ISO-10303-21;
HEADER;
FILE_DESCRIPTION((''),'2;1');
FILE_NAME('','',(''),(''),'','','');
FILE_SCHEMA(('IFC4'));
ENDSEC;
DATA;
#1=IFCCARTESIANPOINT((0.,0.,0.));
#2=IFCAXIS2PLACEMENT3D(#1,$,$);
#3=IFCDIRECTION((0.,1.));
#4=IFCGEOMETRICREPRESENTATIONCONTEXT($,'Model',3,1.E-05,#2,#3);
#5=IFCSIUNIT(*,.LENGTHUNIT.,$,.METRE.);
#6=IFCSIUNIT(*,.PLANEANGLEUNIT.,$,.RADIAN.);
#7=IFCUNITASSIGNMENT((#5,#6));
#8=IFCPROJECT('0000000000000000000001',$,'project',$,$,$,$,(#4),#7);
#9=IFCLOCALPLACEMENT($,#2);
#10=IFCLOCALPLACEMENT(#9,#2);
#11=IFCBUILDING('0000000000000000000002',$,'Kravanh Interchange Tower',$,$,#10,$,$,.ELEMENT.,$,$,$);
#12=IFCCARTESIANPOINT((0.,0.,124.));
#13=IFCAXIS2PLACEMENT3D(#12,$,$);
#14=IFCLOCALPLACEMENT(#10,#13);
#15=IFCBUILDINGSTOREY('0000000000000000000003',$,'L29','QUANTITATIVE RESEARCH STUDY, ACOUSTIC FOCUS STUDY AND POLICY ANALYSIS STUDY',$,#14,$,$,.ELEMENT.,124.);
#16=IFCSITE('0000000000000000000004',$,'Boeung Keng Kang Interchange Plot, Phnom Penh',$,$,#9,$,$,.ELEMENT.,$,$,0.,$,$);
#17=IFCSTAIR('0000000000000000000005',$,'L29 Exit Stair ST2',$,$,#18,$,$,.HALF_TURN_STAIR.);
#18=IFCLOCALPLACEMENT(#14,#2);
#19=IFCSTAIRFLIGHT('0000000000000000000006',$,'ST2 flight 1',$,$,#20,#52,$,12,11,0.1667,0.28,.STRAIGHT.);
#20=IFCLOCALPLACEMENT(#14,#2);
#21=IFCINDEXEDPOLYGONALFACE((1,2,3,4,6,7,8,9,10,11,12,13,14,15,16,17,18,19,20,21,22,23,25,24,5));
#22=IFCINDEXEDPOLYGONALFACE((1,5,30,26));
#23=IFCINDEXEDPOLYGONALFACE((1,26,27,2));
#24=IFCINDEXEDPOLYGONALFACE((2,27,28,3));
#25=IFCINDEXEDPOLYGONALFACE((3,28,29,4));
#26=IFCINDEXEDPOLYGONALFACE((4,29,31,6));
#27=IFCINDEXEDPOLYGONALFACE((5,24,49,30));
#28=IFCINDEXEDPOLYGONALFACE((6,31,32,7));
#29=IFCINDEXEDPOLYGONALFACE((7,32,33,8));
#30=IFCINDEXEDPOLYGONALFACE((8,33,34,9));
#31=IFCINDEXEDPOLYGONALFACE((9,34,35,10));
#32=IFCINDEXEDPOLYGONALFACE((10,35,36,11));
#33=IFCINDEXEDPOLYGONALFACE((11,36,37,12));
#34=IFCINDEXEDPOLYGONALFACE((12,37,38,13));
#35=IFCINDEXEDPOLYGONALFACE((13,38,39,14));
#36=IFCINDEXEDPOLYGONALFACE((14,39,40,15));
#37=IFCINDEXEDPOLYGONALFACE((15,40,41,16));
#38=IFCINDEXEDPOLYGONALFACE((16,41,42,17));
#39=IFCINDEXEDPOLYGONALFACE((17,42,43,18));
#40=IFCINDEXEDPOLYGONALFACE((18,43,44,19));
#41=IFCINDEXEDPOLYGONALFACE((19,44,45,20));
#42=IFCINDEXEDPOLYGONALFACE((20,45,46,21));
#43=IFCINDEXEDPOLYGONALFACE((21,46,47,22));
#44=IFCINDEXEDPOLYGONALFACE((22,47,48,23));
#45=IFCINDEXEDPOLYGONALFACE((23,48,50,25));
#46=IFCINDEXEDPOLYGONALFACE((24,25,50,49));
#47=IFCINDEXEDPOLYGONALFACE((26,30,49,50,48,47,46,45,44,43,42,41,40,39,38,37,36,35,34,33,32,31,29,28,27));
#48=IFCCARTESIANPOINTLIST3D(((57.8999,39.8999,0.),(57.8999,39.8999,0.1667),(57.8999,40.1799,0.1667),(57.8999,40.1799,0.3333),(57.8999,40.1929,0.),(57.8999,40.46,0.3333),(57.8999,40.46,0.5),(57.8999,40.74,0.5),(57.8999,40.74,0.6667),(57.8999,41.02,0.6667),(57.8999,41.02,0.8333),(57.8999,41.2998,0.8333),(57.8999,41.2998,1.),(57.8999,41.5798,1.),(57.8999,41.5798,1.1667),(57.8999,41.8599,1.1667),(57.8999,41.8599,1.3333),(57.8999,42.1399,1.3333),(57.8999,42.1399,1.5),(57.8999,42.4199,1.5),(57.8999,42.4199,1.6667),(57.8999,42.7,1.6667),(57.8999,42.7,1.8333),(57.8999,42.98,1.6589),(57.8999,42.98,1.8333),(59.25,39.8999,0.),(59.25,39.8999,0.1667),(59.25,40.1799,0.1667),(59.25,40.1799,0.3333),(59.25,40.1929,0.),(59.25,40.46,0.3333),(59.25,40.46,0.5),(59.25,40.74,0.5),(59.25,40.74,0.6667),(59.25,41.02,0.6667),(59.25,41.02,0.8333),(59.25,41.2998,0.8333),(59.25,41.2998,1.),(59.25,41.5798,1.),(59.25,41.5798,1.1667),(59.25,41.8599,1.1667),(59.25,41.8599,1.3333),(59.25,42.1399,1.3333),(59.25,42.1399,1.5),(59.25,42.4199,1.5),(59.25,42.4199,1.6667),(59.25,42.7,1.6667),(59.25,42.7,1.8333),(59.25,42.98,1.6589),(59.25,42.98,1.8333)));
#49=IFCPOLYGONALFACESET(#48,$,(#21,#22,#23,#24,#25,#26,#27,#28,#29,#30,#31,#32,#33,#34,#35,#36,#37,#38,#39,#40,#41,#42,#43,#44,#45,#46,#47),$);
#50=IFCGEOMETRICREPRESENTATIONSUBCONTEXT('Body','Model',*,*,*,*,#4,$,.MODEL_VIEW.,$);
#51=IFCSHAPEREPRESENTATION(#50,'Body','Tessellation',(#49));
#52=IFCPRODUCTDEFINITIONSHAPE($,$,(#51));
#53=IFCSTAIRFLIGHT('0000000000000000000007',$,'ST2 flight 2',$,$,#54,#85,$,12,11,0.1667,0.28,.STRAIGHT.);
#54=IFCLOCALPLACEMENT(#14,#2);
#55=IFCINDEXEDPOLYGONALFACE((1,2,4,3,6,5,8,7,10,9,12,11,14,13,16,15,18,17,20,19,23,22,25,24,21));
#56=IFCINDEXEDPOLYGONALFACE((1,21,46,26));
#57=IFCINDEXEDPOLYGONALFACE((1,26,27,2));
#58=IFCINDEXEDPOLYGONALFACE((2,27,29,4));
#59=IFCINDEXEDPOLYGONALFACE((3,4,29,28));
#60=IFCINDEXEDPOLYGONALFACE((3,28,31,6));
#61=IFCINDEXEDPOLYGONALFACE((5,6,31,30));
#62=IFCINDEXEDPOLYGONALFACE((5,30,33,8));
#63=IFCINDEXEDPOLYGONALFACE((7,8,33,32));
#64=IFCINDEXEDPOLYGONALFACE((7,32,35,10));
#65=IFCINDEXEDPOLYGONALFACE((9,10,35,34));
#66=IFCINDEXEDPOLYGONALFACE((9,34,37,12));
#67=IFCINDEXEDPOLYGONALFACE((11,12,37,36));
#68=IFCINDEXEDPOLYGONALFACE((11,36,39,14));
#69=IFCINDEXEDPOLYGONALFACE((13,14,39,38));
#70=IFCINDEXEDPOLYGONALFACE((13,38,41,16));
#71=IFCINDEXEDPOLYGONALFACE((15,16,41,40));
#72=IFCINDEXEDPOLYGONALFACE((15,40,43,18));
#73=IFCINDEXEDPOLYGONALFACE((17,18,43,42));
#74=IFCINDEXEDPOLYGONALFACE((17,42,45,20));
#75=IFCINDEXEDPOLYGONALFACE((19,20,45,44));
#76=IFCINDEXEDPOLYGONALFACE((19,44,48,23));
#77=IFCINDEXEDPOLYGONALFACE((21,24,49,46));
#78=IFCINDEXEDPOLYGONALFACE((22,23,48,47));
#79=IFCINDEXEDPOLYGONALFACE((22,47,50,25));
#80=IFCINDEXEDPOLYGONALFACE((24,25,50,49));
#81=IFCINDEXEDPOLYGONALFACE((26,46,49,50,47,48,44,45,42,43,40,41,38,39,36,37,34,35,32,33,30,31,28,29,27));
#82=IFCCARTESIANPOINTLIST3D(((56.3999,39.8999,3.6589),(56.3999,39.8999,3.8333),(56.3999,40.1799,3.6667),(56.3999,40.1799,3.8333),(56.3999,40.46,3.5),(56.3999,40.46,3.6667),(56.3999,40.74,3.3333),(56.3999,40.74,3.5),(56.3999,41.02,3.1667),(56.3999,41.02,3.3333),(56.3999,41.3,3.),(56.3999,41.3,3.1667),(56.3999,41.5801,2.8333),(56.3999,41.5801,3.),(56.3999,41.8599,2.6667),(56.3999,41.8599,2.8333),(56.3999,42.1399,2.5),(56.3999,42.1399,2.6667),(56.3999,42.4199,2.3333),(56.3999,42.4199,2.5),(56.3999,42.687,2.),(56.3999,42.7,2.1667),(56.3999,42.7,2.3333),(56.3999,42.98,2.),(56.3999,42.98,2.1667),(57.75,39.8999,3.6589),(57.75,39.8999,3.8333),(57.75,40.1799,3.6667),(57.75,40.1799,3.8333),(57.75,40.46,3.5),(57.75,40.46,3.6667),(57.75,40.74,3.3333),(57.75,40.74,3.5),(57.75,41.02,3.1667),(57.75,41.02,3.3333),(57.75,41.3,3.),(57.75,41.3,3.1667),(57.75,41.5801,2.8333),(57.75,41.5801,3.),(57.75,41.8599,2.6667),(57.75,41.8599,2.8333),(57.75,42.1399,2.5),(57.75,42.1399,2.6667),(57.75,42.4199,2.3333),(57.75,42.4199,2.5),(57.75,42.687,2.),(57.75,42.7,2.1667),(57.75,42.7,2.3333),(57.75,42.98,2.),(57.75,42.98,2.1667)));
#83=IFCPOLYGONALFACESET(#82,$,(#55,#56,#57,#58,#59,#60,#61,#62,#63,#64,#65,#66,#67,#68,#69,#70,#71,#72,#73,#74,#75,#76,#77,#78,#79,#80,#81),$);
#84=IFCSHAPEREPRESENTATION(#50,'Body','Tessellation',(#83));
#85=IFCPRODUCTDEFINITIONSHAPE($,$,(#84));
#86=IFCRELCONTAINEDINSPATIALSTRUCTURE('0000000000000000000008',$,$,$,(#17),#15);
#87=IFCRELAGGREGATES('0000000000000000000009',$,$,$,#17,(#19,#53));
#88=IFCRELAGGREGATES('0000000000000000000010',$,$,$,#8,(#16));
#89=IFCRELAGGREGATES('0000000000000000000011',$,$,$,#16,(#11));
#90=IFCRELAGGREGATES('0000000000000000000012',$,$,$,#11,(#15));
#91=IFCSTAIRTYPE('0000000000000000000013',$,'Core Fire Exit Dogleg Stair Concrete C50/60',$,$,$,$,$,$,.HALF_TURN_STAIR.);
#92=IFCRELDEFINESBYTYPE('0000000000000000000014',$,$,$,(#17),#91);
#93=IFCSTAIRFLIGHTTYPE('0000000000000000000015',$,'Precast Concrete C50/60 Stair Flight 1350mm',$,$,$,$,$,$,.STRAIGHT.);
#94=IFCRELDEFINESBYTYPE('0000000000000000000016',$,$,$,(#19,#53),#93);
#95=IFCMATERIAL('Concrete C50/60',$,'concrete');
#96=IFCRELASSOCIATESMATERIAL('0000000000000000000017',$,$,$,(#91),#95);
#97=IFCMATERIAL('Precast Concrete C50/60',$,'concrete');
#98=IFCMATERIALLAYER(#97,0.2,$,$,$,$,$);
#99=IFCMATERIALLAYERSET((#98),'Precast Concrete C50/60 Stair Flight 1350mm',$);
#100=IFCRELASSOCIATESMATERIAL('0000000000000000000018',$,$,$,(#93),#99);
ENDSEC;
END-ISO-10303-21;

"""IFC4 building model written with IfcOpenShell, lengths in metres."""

from ifc_helpers import new_model, si_unit, direction, frame, origin, place, context, subcontext, project, spatial, polyline, outline, extrude, material, layer, layer_set, type_object, element, aggregate, save


model = new_model("IFC4")

# Units and contexts
model_context = context("Model", 3, precision=1e-05, world=origin(), true_north=direction((0.0, 1.0)))
body_context = subcontext(model_context, "Body", "Model", "MODEL_VIEW")
ifc_project = project(units=[si_unit("LENGTHUNIT", "METRE"), si_unit("PLANEANGLEUNIT", "RADIAN")], contexts=[model_context])

# Site, building, storey
site_placement = place(None, origin())
site = spatial("IfcSite", under=ifc_project, at=site_placement, Name="Boeung Keng Kang Interchange Plot, Phnom Penh", CompositionType="ELEMENT", RefElevation=0.0)
building_placement = place(site_placement, origin())
building = spatial("IfcBuilding", under=site, at=building_placement, Name="Kravanh Interchange Tower", CompositionType="ELEMENT")
storey_placement = place(building_placement, frame((0.0, 0.0, 124.0)))
storey = spatial("IfcBuildingStorey", under=building, at=storey_placement, Name="L29", Description="QUANTITATIVE RESEARCH STUDY, ACOUSTIC FOCUS STUDY AND POLICY ANALYSIS STUDY", CompositionType="ELEMENT", Elevation=124.0)

# Stair, stair flights
ifc_material_1 = material(Name="Concrete C50/60", Category="concrete")
stair_type = type_object("IfcStairType", Name="Core Fire Exit Dogleg Stair Concrete C50/60", PredefinedType="HALF_TURN_STAIR", material=ifc_material_1)
ifc_material_2 = material(Name="Precast Concrete C50/60", Category="concrete")
ifc_layer_1 = layer(ifc_material_2, 0.2)
ifc_layer_set_1 = layer_set([ifc_layer_1], Name="Precast Concrete C50/60 Stair Flight 1350mm")
stair_flight_type = type_object("IfcStairFlightType", Name="Precast Concrete C50/60 Stair Flight 1350mm", PredefinedType="STRAIGHT", material=ifc_layer_set_1)
stair_1_placement = place(storey_placement, origin())
stair_1 = element("IfcStair", 1, at=stair_1_placement, inside=storey, type_object=stair_type, Name="L29 Exit Stair ST2", PredefinedType="HALF_TURN_STAIR")
stair_flight_1_placement = place(storey_placement, frame((58.575, 39.8999, 0.0), z_axis=(0.0, 0.0, 1.0), x_axis=(0.0, 1.0, 0.0)))
stair_flight_1 = element("IfcStairFlight", 2, at=stair_flight_1_placement, type_object=stair_flight_type, Name="ST2 flight 1", NumberOfRisers=12, NumberOfTreads=11, PredefinedType="STRAIGHT", RiserHeight=0.1667, TreadLength=0.28, context=body_context, shape_type="SweptSolid", body=[
    extrude(outline(polyline([(0.0, 0.0), (0.0, 0.1667), (0.28, 0.1667), (0.28, 0.3333), (0.5601, 0.3333), (0.5601, 0.5), (0.8401, 0.5), (0.8401, 0.6667), (1.1201, 0.6667), (1.1201, 0.8333), (1.3999, 0.8333), (1.3999, 1.0), (1.6799, 1.0), (1.6799, 1.1667), (1.96, 1.1667), (1.96, 1.3333), (2.24, 1.3333), (2.24, 1.5), (2.52, 1.5), (2.52, 1.6667), (2.8, 1.6667), (2.8, 1.8333), (3.0801, 1.8333), (3.0801, 2.0), (3.0801, 1.6589), (0.293, 0.0), (0.0, 0.0)])), frame((0.0, 0.675, 0.0), z_axis=(0.0, -1.0, 0.0), x_axis=(1.0, 0.0, 0.0)), (0.0, 0.0, 1.0), 1.3501),
])
stair_flight_2_placement = place(storey_placement, frame((57.075, 42.98, 2.0), z_axis=(0.0, 0.0, 1.0), x_axis=(0.0, -1.0, 0.0)))
stair_flight_2 = element("IfcStairFlight", 3, at=stair_flight_2_placement, type_object=stair_flight_type, Name="ST2 flight 2", NumberOfRisers=12, NumberOfTreads=11, PredefinedType="STRAIGHT", RiserHeight=0.1667, TreadLength=0.28, context=body_context, shape_type="SweptSolid", body=[
    extrude(outline(polyline([(0.0, 0.0), (0.0, 0.1667), (0.28, 0.1667), (0.28, 0.3333), (0.5601, 0.3333), (0.5601, 0.5), (0.8401, 0.5), (0.8401, 0.6667), (1.1201, 0.6667), (1.1201, 0.8333), (1.3999, 0.8333), (1.3999, 1.0), (1.6799, 1.0), (1.6799, 1.1667), (1.96, 1.1667), (1.96, 1.3333), (2.24, 1.3333), (2.24, 1.5), (2.52, 1.5), (2.52, 1.6667), (2.8, 1.6667), (2.8, 1.8333), (3.0801, 1.8333), (3.0801, 2.0), (3.0801, 1.6589), (0.293, 0.0), (0.0, 0.0)])), frame((0.0, 0.675, 0.0), z_axis=(0.0, -1.0, 0.0), x_axis=(1.0, 0.0, 0.0)), (0.0, 0.0, 1.0), 1.3501),
])
aggregate(stair_1, [stair_flight_1, stair_flight_2])

save(model, "model.ifc")
